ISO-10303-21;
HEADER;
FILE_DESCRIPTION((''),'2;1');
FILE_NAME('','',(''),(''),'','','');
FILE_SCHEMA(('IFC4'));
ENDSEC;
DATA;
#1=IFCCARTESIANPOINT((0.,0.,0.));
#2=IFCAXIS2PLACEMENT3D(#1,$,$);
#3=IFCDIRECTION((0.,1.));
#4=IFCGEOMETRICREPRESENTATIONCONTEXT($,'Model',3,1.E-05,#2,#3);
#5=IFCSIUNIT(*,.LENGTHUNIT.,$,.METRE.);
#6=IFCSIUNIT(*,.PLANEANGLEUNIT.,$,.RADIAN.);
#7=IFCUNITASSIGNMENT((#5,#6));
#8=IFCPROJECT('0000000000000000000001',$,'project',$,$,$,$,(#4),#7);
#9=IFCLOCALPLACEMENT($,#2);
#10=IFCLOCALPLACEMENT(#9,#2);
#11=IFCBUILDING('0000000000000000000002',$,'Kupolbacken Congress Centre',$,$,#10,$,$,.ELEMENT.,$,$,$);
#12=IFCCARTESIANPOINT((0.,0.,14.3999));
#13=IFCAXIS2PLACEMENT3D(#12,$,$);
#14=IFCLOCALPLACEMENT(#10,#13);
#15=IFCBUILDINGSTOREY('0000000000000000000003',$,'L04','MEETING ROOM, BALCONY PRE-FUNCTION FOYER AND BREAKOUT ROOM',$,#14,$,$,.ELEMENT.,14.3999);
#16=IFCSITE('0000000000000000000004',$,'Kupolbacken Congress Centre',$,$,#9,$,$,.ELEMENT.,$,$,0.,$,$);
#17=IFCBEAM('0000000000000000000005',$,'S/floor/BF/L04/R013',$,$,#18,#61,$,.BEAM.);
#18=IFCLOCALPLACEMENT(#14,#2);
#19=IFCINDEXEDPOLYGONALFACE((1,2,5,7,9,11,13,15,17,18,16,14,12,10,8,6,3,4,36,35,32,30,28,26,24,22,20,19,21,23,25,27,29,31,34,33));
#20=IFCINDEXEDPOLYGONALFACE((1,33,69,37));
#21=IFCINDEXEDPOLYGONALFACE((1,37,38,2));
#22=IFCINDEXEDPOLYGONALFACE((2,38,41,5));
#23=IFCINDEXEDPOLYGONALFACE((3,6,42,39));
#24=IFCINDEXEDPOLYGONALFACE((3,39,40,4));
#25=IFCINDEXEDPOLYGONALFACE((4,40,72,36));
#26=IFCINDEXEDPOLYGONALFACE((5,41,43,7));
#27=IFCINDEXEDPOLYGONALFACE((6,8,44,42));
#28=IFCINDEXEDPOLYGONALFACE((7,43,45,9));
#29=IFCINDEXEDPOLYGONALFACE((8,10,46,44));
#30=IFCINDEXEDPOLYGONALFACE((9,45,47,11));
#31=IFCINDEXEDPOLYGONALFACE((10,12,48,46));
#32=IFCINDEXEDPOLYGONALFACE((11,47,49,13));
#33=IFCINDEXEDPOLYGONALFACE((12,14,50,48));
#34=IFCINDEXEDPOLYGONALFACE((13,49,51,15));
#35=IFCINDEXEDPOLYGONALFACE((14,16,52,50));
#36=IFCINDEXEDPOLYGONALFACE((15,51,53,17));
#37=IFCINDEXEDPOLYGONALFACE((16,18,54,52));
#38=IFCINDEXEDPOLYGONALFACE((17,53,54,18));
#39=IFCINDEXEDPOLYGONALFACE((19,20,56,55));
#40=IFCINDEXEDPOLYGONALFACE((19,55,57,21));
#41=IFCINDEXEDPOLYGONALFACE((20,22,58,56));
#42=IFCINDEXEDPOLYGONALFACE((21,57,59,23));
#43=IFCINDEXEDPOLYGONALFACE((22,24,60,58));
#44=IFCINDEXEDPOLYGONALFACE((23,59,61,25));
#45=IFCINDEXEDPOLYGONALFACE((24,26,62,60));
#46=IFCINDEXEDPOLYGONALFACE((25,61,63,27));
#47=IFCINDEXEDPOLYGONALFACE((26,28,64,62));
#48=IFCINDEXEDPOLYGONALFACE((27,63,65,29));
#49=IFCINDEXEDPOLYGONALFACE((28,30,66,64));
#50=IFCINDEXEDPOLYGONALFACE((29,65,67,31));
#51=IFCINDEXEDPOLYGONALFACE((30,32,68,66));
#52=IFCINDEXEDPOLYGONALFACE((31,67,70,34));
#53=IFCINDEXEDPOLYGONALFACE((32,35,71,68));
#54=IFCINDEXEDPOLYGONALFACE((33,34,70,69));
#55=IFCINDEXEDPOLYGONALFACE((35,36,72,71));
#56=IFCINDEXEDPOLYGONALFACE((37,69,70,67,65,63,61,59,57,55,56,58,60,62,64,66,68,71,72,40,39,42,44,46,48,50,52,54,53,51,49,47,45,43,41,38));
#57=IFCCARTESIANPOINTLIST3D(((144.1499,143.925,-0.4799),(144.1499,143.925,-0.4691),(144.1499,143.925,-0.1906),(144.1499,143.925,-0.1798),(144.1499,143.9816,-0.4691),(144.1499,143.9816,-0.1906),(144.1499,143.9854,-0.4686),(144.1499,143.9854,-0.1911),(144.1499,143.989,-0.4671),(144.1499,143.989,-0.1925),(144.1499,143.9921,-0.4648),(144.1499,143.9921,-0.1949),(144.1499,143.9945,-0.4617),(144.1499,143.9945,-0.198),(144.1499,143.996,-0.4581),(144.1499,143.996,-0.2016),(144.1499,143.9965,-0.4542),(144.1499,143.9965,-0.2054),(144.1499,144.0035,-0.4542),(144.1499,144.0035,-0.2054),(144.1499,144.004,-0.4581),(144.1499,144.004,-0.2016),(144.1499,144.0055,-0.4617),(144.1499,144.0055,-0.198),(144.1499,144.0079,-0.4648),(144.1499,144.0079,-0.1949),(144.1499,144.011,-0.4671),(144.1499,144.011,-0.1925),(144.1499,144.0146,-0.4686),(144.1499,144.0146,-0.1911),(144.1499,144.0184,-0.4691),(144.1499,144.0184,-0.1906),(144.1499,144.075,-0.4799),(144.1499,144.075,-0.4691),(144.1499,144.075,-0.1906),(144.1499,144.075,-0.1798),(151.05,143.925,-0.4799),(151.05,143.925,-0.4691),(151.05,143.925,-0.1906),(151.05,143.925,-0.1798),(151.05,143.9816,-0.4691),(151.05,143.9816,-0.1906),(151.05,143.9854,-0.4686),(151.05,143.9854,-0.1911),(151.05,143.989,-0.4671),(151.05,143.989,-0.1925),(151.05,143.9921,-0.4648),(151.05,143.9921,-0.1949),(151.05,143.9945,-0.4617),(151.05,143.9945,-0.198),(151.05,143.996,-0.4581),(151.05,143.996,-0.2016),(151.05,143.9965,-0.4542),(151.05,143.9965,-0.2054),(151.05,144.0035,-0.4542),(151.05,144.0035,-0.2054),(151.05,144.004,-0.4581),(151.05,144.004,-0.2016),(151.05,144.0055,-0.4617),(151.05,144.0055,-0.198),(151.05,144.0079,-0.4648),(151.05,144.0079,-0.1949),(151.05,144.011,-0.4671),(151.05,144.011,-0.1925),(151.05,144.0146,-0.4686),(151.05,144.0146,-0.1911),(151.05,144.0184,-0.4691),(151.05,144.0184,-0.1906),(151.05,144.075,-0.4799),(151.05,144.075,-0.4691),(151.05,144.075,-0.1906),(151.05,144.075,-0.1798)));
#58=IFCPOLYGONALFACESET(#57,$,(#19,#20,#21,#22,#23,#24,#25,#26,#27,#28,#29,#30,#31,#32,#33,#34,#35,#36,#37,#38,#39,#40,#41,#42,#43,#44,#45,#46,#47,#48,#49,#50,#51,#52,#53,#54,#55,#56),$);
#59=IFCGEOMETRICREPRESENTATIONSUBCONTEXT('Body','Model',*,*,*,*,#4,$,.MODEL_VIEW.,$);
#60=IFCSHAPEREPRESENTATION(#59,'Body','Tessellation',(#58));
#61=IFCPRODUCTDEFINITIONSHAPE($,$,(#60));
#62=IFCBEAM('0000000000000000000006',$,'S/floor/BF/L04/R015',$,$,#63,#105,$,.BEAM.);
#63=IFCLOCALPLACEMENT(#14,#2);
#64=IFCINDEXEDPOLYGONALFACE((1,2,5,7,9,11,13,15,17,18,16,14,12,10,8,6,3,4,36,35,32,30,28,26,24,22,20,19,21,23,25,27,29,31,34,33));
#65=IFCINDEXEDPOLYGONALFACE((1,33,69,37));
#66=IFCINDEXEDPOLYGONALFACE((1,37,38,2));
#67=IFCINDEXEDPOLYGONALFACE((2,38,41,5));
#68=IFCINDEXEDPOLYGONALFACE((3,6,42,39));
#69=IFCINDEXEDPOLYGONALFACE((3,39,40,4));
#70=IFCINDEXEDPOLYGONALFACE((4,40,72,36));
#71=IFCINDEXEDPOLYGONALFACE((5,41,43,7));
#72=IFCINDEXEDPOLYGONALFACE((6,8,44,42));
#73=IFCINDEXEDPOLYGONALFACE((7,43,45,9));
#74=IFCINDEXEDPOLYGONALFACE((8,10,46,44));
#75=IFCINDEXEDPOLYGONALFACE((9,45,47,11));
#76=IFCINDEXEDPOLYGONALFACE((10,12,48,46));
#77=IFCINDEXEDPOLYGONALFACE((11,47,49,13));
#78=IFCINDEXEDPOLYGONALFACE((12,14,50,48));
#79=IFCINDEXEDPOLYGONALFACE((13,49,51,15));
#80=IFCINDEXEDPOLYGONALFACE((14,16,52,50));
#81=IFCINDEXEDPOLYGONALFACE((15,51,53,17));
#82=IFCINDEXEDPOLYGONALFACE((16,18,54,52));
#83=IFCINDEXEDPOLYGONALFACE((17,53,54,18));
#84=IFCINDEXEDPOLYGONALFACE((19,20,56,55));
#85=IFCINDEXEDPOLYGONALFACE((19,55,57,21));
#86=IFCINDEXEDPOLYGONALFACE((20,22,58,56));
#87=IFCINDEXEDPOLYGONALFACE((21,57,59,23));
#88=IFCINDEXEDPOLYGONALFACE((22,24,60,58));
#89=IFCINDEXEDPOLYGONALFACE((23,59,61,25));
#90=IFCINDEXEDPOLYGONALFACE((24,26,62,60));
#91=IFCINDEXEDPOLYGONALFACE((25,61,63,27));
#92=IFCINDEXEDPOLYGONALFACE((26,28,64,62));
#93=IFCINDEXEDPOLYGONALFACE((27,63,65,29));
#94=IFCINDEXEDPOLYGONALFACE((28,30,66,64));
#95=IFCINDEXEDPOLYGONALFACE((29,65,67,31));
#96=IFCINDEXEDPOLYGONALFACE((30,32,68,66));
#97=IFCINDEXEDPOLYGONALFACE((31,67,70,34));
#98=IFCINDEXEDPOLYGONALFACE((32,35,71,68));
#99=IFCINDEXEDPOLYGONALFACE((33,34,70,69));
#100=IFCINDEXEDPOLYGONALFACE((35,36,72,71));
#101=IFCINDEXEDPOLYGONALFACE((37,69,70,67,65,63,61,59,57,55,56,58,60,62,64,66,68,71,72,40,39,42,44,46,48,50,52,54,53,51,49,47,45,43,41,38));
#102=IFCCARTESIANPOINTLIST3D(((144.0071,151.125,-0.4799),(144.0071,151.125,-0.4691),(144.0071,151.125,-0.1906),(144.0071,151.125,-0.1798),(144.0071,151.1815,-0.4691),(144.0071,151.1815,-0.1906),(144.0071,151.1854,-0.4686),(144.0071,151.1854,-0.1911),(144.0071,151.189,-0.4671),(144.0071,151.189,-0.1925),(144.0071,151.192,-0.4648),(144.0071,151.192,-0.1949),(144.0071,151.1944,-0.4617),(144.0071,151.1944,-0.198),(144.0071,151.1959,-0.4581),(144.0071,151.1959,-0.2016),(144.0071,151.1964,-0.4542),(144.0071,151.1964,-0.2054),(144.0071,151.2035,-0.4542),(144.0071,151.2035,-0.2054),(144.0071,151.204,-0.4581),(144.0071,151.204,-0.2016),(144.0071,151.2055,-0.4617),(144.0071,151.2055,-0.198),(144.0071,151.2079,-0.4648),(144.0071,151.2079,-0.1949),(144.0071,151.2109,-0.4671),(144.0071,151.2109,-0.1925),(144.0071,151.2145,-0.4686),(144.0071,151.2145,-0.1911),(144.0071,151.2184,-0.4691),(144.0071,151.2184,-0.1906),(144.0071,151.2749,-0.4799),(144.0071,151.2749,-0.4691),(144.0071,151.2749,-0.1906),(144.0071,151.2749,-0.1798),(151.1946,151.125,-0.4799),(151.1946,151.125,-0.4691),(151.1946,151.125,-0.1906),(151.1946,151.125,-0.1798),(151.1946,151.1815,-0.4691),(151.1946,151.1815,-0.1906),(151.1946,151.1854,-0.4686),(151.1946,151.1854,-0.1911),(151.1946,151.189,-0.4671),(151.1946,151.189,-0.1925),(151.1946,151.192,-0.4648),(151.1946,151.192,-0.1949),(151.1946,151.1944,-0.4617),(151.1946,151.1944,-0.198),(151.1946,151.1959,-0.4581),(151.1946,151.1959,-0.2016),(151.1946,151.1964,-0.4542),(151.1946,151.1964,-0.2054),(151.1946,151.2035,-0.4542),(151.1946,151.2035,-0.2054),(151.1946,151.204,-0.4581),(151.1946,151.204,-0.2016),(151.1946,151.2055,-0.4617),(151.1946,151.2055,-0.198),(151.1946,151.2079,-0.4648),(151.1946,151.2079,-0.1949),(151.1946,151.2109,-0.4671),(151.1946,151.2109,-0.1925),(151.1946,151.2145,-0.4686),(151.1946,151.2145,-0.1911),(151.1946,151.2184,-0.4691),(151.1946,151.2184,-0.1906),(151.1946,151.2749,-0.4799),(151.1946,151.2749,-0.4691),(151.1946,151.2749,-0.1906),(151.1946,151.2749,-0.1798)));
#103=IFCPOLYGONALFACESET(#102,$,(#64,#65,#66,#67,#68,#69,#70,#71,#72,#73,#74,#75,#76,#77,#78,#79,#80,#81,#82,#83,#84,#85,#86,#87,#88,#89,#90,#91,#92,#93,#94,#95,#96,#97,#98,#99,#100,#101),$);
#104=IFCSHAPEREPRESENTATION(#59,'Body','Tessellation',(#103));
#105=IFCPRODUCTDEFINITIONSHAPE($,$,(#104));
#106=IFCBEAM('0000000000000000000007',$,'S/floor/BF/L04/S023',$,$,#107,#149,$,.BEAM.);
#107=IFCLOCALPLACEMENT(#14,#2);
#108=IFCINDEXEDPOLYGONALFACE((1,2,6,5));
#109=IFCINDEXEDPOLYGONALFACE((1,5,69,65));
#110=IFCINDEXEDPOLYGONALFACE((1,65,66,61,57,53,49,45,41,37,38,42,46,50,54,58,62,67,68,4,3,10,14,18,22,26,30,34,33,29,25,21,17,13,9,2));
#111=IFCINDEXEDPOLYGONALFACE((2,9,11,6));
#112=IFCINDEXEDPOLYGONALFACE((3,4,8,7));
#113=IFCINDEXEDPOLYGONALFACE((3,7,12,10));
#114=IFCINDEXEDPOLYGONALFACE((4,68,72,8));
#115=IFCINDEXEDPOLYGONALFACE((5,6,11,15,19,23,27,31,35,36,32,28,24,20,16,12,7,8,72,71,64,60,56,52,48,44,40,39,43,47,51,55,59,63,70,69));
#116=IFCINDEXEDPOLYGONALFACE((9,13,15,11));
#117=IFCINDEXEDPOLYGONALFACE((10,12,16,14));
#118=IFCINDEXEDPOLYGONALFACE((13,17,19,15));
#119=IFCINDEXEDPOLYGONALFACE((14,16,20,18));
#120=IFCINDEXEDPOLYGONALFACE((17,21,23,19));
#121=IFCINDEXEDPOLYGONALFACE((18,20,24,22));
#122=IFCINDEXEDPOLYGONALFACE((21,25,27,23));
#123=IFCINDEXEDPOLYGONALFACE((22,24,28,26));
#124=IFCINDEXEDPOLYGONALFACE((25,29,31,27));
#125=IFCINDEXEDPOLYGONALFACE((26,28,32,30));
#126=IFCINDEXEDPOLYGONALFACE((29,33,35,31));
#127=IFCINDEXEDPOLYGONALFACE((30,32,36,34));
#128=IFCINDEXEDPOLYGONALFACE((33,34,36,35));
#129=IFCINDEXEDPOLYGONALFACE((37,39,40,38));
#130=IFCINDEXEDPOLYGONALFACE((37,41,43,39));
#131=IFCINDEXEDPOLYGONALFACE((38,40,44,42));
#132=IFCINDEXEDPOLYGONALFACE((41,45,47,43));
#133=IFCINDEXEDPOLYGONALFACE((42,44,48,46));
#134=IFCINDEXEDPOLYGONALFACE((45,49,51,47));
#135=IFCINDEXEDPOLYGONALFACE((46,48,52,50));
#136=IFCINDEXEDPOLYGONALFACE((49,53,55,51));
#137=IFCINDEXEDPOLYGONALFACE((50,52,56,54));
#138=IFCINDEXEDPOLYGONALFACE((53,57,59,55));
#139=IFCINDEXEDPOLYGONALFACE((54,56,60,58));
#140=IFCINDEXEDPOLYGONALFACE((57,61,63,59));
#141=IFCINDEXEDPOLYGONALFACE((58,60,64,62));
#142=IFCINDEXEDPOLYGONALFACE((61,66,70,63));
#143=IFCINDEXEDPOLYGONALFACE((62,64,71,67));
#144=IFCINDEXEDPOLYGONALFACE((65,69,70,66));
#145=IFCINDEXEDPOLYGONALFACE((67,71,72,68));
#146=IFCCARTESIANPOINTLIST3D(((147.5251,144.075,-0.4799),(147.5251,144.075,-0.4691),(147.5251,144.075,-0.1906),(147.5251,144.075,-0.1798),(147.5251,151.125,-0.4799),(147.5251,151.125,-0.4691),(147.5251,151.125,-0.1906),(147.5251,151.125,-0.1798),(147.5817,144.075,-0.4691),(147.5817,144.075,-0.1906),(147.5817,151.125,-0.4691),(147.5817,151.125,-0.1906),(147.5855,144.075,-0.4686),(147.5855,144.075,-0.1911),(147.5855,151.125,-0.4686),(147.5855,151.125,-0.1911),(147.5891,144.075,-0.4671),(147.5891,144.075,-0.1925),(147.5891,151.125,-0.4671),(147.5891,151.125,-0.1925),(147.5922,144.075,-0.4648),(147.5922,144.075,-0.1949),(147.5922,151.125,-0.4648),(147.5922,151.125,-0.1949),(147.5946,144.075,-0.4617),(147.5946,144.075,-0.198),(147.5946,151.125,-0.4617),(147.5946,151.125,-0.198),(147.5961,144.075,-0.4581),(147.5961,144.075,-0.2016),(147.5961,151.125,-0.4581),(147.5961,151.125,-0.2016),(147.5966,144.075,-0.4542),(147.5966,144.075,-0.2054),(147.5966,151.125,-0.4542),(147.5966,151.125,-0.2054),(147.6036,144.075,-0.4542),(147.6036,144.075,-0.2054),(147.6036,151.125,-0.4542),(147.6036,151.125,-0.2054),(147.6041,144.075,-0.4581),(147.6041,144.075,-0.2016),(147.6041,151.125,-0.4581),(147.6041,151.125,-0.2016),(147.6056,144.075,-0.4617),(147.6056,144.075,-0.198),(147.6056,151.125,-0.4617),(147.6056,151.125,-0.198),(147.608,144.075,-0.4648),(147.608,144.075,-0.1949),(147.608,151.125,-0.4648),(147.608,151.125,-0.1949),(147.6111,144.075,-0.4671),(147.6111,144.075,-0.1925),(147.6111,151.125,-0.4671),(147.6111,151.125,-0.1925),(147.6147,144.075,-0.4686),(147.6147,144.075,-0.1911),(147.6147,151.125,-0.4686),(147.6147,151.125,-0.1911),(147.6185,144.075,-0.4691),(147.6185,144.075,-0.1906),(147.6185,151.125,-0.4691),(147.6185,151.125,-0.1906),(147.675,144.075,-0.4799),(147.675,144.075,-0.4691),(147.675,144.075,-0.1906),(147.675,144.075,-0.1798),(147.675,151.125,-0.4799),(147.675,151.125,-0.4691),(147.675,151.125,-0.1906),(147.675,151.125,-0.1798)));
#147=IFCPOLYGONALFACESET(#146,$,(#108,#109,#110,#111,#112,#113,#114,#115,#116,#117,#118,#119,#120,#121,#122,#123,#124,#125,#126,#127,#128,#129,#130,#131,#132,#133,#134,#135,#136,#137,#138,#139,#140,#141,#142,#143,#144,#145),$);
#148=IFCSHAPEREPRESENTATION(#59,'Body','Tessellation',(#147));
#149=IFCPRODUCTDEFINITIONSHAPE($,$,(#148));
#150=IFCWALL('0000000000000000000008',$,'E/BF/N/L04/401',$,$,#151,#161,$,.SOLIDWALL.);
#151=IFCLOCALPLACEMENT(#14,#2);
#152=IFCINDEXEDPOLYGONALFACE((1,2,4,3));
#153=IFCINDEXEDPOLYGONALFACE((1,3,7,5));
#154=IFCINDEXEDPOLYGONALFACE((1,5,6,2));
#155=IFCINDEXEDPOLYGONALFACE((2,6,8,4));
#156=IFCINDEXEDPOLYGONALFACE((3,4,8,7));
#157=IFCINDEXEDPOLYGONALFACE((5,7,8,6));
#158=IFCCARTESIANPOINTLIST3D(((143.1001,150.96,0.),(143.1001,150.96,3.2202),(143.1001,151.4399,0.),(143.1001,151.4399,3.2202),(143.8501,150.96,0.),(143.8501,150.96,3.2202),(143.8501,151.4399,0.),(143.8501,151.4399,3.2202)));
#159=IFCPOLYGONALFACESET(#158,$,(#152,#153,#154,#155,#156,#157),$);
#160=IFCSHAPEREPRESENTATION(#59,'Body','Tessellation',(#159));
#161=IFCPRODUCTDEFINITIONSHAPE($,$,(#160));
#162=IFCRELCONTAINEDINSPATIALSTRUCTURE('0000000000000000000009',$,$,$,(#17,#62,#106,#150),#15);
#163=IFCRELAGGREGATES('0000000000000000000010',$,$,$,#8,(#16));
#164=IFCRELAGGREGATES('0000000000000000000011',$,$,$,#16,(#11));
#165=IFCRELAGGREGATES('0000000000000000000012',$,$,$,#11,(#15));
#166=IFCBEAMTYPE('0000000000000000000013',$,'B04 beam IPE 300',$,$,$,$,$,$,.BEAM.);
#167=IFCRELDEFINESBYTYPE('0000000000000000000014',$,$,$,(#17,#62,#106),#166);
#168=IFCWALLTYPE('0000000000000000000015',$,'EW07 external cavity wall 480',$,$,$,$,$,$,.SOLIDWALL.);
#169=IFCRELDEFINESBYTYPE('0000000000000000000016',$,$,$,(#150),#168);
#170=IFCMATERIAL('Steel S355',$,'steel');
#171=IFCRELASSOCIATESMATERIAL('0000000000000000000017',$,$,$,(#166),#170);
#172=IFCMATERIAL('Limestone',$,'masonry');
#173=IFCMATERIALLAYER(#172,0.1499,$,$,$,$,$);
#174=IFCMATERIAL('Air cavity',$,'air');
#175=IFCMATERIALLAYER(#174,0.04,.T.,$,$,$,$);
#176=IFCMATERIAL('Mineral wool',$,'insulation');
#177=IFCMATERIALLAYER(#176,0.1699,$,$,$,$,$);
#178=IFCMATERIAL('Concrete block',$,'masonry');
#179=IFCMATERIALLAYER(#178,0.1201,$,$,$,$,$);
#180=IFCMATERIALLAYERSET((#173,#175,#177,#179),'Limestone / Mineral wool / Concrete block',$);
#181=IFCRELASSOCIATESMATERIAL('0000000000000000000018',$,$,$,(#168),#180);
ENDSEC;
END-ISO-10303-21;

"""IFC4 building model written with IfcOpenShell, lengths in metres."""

from ifc_helpers import new_model, si_unit, direction, frame, frame_2d, origin, origin_2d, place, context, subcontext, project, spatial, rectangle, i_section, extrude, material, layer, layer_set, material_profile, profile_set, type_object, element, save


model = new_model("IFC4")

# Units and contexts
model_context = context("Model", 3, precision=1e-05, world=origin(), true_north=direction((0.0, 1.0)))
body_context = subcontext(model_context, "Body", "Model", "MODEL_VIEW")
ifc_project = project(units=[si_unit("LENGTHUNIT", "METRE"), si_unit("PLANEANGLEUNIT", "RADIAN")], contexts=[model_context])

# Site, building, storey
site_placement = place(None, origin())
site = spatial("IfcSite", under=ifc_project, at=site_placement, Name="Kupolbacken Congress Centre", CompositionType="ELEMENT", RefElevation=0.0)
building_placement = place(site_placement, origin())
building = spatial("IfcBuilding", under=site, at=building_placement, Name="Kupolbacken Congress Centre", CompositionType="ELEMENT")
storey_placement = place(building_placement, frame((0.0, 0.0, 14.3999)))
storey = spatial("IfcBuildingStorey", under=building, at=storey_placement, Name="L04", Description="MEETING ROOM, BALCONY PRE-FUNCTION FOYER AND BREAKOUT ROOM", CompositionType="ELEMENT", Elevation=14.3999)

# Beams
ifc_material_1 = material(Name="Steel S355", Category="steel")
ifc_material_profile_1 = material_profile(ifc_material_1, i_section(OverallWidth=0.1499, OverallDepth=0.3, WebThickness=0.0071, FlangeThickness=0.0107, FilletRadius=0.0149, at=origin_2d()), Name="IPE 300")
ifc_profile_set_1 = profile_set([ifc_material_profile_1], Name="Steel S355")
beam_type_1 = type_object("IfcBeamType", Name="B04 beam IPE 300", PredefinedType="BEAM", material=ifc_profile_set_1)
for number, where, z_axis, x_axis, name in (
    (1, (144.1499, 144.0, -0.3298), (1.0, 0.0, 0.0), (0.0, 1.0, 0.0), "S/floor/BF/L04/R013"),
):
    element("IfcBeam", number, at=place(storey_placement, frame(where, z_axis=z_axis, x_axis=x_axis)), inside=storey, type_object=beam_type_1, Name=name, PredefinedType="BEAM", context=body_context, shape_type="SweptSolid", body=[
        extrude(i_section(OverallWidth=0.1499, OverallDepth=0.3, WebThickness=0.0071, FlangeThickness=0.0107, FilletRadius=0.0149, at=origin_2d()), origin(), (0.0, 0.0, 1.0), 6.9001),
    ])
beam_1_placement = place(storey_placement, frame((144.0071, 151.2, -0.3298), z_axis=(1.0, 0.0, 0.0), x_axis=(0.0, 1.0, 0.0)))
element("IfcBeam", 2, at=beam_1_placement, inside=storey, type_object=beam_type_1, Name="S/floor/BF/L04/R015", PredefinedType="BEAM", context=body_context, shape_type="SweptSolid", body=[
    extrude(i_section(OverallWidth=0.1499, OverallDepth=0.3, WebThickness=0.0071, FlangeThickness=0.0107, FilletRadius=0.0149, at=origin_2d()), origin(), (0.0, 0.0, 1.0), 7.1875),
])
beam_2_placement = place(storey_placement, frame((147.6001, 144.075, -0.3298), z_axis=(0.0, 1.0, 0.0), x_axis=(-1.0, 0.0, 0.0)))
element("IfcBeam", 3, at=beam_2_placement, inside=storey, type_object=beam_type_1, Name="S/floor/BF/L04/S023", PredefinedType="BEAM", context=body_context, shape_type="SweptSolid", body=[
    extrude(i_section(OverallWidth=0.1499, OverallDepth=0.3, WebThickness=0.0071, FlangeThickness=0.0107, FilletRadius=0.0149, at=origin_2d()), origin(), (0.0, 0.0, 1.0), 7.05),
])

# Wall
ifc_material_2 = material(Name="Limestone", Category="masonry")
ifc_layer_1 = layer(ifc_material_2, 0.1499)
ifc_material_3 = material(Name="Air cavity", Category="air")
ifc_layer_2 = layer(ifc_material_3, 0.04, ventilated=True)
ifc_material_4 = material(Name="Mineral wool", Category="insulation")
ifc_layer_3 = layer(ifc_material_4, 0.1699)
ifc_material_5 = material(Name="Concrete block", Category="masonry")
ifc_layer_4 = layer(ifc_material_5, 0.1201)
ifc_layer_set_1 = layer_set([ifc_layer_1, ifc_layer_2, ifc_layer_3, ifc_layer_4], Name="Limestone / Mineral wool / Concrete block")
wall_type_1 = type_object("IfcWallType", Name="EW07 external cavity wall 480", PredefinedType="SOLIDWALL", material=ifc_layer_set_1)
wall_1_placement = place(storey_placement, frame((143.8501, 151.2, 0.0), z_axis=(0.0, 0.0, 1.0), x_axis=(-1.0, 0.0, 0.0)))
element("IfcWall", 4, at=wall_1_placement, inside=storey, type_object=wall_type_1, Name="E/BF/N/L04/401", PredefinedType="SOLIDWALL", context=body_context, shape_type="SweptSolid", body=[
    extrude(rectangle(XDim=0.75, YDim=0.48, at=frame_2d((0.375, 0.0))), origin(), (0.0, 0.0, 1.0), 3.2202),
])

save(model, "model.ifc")
